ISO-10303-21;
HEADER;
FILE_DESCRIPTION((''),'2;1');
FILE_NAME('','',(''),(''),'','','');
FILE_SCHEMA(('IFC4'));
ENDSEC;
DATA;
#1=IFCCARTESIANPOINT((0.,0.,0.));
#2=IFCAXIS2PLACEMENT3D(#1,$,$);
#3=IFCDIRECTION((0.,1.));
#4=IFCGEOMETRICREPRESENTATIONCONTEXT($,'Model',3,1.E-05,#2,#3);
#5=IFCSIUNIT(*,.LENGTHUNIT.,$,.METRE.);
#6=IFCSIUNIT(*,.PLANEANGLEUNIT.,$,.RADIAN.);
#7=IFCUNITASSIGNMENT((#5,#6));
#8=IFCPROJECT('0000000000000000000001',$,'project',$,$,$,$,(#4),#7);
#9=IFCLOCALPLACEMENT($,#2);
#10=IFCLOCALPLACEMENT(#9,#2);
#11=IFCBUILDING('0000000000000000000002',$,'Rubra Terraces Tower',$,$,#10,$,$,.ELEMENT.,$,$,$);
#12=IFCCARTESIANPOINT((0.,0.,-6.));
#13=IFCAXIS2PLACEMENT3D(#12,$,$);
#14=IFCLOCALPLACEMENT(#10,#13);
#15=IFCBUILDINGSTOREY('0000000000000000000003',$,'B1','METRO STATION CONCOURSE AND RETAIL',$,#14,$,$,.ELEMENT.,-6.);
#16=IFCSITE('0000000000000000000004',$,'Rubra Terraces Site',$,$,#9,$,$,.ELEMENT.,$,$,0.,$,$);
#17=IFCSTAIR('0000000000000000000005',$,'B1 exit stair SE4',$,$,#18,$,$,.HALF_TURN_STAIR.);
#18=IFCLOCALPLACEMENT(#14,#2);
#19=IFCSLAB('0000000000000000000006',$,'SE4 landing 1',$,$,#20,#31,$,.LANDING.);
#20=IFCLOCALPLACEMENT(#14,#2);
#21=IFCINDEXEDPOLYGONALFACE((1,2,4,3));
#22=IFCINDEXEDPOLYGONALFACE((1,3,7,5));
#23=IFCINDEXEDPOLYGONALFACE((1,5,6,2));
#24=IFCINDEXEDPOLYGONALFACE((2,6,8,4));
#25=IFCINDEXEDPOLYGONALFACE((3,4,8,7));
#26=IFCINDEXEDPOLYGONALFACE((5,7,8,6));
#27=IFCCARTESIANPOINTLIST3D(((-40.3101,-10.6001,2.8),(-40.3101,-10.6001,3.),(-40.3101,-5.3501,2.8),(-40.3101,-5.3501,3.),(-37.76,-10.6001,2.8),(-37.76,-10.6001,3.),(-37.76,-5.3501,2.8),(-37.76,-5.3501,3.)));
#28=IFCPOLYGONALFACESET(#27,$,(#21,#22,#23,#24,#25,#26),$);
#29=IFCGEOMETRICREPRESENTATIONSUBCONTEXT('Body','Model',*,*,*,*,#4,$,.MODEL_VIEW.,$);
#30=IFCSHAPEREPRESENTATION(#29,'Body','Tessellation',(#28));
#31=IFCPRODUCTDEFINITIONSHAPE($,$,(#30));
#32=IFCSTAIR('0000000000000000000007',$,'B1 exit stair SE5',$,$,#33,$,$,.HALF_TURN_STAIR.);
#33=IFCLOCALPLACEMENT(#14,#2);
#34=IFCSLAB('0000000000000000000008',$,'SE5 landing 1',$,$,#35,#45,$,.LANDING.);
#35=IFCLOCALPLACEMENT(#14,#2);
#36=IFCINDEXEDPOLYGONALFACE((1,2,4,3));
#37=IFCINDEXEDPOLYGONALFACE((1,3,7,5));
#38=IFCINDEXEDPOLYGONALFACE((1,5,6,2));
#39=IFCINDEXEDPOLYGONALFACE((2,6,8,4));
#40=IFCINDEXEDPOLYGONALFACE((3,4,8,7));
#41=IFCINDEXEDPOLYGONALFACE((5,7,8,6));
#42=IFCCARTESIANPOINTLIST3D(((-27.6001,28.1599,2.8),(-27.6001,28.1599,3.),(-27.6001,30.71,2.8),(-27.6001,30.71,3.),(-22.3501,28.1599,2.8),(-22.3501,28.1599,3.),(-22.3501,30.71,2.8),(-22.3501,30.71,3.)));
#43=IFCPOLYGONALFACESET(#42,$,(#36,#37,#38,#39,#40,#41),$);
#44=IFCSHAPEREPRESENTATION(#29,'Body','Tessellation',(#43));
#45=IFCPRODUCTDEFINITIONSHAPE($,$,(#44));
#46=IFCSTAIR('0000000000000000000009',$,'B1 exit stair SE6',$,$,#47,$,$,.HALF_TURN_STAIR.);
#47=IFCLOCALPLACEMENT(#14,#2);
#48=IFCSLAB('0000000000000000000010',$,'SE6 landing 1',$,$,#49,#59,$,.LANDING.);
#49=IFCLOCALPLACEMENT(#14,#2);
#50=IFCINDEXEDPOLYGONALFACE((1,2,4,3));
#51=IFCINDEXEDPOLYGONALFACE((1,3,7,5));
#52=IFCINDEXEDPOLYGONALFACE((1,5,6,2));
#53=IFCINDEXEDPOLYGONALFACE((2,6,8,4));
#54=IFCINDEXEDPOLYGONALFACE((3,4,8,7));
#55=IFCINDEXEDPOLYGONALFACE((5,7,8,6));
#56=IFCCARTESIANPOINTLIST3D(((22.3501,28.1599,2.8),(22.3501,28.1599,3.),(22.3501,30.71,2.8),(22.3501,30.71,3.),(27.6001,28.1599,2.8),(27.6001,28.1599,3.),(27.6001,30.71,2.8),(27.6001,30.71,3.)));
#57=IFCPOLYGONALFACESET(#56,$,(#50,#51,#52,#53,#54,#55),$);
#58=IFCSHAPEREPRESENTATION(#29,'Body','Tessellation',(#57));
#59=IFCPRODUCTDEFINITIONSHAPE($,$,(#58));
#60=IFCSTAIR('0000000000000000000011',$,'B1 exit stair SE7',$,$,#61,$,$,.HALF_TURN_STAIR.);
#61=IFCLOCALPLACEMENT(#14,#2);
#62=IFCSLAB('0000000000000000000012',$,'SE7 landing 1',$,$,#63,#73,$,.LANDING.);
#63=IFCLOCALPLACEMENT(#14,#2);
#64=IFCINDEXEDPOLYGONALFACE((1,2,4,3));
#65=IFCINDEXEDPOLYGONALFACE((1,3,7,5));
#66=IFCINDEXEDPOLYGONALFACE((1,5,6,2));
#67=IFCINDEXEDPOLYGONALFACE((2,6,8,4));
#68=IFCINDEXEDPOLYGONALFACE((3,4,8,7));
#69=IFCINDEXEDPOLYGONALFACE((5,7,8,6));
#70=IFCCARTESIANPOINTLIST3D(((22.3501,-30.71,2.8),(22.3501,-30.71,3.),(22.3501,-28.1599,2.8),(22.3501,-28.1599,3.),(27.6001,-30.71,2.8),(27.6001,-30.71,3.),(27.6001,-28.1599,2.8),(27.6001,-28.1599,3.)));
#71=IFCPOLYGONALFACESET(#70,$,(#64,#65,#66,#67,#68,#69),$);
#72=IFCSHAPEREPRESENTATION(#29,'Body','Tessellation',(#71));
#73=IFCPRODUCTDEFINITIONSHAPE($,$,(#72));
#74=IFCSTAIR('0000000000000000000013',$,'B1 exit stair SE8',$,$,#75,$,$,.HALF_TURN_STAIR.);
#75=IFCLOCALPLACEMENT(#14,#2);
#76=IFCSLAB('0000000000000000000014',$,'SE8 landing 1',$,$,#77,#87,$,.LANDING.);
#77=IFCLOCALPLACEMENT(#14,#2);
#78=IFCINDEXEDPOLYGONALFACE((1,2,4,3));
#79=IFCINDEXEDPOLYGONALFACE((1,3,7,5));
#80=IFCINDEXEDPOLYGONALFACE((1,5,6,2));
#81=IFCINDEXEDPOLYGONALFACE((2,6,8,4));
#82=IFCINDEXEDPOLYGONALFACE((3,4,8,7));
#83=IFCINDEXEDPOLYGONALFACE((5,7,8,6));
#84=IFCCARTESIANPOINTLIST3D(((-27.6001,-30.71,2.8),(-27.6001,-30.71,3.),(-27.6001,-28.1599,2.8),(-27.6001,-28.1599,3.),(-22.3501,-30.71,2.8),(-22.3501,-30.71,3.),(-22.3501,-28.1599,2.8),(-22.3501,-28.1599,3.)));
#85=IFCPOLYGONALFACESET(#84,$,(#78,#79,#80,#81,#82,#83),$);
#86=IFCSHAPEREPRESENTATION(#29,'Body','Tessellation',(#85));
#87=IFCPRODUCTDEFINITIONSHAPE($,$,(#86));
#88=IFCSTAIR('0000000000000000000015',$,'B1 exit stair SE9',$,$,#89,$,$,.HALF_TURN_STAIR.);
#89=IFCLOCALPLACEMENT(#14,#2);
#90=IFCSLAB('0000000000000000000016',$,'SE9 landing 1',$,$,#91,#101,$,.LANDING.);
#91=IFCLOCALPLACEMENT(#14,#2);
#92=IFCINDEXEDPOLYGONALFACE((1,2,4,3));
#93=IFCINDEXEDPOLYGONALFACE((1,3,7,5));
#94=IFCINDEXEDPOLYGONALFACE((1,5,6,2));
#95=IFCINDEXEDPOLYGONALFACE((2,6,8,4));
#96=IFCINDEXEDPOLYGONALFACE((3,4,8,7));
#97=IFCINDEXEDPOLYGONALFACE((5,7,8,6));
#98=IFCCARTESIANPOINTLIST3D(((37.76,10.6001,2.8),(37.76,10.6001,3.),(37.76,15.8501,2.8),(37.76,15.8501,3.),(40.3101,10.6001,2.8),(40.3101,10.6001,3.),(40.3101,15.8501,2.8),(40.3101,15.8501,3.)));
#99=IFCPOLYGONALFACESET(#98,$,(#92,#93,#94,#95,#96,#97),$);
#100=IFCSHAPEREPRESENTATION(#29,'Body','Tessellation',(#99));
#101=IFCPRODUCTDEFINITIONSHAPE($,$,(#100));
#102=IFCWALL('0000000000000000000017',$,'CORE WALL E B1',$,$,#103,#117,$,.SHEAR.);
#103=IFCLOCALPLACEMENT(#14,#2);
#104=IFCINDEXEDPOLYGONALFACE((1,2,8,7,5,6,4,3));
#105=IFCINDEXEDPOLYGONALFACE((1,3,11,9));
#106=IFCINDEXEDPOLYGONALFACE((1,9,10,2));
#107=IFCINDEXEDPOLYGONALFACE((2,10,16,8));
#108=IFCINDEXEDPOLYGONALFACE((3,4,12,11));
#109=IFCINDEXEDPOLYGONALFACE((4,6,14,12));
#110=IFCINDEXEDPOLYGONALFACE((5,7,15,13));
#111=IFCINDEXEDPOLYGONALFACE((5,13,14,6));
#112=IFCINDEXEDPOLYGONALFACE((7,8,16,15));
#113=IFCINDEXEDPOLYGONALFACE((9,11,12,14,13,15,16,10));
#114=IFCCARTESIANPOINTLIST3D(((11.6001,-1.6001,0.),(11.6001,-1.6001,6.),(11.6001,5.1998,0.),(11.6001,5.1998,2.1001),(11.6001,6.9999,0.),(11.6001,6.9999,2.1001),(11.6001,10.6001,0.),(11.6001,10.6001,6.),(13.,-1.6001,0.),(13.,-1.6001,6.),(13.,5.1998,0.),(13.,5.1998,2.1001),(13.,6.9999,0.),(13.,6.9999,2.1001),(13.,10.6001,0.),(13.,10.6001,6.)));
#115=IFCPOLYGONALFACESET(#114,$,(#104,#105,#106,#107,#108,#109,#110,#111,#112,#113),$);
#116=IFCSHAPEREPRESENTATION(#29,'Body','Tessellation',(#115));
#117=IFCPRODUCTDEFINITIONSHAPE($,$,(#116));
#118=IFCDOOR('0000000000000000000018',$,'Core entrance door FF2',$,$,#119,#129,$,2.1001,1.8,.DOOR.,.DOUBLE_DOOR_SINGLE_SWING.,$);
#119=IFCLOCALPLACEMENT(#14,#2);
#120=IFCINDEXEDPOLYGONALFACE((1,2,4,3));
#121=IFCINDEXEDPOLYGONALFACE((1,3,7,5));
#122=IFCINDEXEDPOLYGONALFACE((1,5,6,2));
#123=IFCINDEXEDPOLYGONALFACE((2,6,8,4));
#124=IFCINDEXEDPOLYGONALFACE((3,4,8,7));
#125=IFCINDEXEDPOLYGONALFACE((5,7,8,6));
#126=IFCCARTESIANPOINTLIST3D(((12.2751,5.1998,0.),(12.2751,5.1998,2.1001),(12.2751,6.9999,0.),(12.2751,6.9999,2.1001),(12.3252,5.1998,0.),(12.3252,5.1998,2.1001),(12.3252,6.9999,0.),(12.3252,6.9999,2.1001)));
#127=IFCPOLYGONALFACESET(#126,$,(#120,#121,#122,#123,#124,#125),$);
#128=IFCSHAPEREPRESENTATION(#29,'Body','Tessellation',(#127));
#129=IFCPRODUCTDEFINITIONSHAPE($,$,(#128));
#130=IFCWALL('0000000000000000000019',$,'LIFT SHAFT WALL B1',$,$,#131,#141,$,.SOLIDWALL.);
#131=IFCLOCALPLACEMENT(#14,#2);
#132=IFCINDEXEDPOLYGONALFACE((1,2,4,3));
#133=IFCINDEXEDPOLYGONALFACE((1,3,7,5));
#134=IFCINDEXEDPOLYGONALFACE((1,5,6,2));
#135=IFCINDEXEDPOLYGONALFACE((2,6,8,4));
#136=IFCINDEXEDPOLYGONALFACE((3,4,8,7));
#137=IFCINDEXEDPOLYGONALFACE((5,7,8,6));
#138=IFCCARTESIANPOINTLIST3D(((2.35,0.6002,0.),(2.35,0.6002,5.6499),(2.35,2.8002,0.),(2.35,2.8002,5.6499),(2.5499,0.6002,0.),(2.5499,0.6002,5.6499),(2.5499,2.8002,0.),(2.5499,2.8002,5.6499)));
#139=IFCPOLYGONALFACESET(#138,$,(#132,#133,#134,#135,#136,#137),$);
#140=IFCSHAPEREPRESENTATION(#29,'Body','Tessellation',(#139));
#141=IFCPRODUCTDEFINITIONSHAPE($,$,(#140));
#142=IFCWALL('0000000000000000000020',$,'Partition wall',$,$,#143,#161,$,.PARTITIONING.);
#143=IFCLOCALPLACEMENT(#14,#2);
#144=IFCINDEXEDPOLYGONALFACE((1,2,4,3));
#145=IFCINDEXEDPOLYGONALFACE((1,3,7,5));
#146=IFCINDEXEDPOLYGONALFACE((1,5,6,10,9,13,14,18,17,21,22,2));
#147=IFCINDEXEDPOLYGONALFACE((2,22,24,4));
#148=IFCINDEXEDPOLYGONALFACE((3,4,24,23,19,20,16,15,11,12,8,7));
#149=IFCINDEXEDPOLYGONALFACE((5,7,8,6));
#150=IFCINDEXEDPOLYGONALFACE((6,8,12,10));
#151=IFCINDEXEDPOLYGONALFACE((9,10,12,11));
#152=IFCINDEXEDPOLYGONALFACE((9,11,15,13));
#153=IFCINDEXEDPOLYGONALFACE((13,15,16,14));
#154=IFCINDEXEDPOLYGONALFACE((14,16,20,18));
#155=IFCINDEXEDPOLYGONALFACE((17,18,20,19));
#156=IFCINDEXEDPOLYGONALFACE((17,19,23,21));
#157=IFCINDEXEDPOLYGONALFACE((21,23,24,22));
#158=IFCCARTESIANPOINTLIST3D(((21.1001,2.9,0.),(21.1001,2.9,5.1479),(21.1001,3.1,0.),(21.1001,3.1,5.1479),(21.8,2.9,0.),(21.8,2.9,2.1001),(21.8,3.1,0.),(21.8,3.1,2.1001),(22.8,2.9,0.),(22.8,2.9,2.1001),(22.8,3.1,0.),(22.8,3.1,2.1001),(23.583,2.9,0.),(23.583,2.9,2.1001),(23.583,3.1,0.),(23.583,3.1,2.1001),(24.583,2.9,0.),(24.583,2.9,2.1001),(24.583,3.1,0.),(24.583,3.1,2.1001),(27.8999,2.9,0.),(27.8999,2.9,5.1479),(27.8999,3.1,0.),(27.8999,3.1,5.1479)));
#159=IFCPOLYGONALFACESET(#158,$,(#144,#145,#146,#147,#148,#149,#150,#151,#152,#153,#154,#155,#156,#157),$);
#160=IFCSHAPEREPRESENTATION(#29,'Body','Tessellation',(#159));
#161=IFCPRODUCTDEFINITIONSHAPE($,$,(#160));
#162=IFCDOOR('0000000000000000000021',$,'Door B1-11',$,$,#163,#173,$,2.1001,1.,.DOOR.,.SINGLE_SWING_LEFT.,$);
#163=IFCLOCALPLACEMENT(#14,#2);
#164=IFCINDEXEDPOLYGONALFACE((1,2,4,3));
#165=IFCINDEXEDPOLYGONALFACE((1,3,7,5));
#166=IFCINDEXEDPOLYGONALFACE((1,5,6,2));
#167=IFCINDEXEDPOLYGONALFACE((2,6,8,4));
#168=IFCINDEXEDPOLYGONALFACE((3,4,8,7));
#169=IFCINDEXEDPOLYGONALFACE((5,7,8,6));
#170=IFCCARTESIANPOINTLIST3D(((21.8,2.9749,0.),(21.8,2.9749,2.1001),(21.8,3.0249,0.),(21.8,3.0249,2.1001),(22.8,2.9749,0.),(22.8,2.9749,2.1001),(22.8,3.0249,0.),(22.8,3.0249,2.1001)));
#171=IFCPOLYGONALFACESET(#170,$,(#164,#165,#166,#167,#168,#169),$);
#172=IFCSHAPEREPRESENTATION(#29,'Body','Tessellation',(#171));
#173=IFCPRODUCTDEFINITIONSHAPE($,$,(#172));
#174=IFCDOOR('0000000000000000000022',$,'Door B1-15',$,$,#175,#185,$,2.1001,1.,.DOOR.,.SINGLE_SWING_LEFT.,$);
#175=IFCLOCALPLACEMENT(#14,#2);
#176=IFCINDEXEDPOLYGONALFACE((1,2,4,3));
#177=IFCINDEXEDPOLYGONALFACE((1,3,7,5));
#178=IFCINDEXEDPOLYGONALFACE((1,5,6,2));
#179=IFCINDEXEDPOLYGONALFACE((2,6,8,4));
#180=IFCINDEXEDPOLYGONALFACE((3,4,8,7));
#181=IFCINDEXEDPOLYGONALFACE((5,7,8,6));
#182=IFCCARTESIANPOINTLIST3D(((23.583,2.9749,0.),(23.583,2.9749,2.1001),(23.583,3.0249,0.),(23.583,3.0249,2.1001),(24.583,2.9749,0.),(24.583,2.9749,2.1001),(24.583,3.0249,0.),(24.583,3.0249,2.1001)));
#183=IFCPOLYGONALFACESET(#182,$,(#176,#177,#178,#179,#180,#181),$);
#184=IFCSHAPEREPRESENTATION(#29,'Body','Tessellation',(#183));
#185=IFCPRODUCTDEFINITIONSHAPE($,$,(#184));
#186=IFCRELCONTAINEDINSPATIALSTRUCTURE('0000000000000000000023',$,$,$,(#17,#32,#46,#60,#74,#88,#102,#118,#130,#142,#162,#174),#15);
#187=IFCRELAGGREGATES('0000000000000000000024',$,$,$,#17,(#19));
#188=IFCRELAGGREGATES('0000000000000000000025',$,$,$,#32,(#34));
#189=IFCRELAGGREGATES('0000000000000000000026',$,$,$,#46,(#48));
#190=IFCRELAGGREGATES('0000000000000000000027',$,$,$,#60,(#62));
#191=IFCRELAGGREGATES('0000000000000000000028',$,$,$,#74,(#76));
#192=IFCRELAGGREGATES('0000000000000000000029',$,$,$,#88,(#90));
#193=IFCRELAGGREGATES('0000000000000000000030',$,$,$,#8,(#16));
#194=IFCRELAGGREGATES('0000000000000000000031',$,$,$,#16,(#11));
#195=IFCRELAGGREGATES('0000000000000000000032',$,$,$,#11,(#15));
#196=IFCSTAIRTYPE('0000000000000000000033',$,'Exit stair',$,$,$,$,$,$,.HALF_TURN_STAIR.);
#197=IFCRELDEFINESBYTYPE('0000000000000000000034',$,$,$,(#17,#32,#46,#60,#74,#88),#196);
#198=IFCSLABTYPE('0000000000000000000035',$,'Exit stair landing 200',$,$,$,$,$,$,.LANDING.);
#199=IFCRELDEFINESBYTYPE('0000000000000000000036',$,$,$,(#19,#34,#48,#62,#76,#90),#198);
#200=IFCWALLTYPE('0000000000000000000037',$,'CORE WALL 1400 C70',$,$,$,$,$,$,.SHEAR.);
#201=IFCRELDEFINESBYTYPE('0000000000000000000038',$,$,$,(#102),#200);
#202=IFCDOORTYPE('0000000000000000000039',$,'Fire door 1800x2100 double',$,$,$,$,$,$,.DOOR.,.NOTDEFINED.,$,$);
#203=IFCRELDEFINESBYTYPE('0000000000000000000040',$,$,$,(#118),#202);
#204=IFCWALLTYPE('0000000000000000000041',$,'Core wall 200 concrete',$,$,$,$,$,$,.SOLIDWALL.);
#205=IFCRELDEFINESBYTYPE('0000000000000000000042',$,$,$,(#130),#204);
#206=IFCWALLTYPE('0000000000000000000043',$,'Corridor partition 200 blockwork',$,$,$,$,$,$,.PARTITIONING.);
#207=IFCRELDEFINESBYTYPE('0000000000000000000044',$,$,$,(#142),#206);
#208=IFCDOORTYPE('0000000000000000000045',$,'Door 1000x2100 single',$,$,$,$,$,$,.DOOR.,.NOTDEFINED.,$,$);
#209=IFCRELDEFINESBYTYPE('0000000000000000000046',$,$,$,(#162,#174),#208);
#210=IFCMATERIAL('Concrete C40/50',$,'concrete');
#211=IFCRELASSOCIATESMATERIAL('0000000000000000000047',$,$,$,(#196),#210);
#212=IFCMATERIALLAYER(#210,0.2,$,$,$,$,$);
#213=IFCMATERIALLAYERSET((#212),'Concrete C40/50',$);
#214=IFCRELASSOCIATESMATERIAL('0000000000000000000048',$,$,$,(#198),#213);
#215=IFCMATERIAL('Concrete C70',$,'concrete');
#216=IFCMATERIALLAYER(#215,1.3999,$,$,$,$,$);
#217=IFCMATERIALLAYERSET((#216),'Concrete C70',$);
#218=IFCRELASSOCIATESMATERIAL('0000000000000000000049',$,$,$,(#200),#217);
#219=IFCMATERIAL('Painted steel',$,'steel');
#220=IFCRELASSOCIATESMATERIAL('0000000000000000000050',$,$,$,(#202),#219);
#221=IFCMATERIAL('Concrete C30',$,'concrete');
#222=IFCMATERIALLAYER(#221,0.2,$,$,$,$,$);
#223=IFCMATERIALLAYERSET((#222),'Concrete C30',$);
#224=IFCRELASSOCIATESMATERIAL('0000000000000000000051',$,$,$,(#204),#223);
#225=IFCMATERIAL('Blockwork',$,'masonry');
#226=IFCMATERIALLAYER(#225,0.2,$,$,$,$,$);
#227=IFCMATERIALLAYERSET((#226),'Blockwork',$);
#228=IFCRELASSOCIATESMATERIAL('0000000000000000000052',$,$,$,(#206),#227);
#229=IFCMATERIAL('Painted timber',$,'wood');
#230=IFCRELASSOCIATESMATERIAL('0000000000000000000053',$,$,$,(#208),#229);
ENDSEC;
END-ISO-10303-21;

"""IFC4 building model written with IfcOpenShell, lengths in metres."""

from ifc_helpers import new_model, si_unit, direction, frame, frame_2d, origin, place, context, subcontext, project, spatial, polyline, rectangle, outline, extrude, material, layer, layer_set, type_object, element, fill, aggregate, save


model = new_model("IFC4")

# Units and contexts
model_context = context("Model", 3, precision=1e-05, world=origin(), true_north=direction((0.0, 1.0)))
body_context = subcontext(model_context, "Body", "Model", "MODEL_VIEW")
ifc_project = project(units=[si_unit("LENGTHUNIT", "METRE"), si_unit("PLANEANGLEUNIT", "RADIAN")], contexts=[model_context])

# Site, building, storey
site_placement = place(None, origin())
site = spatial("IfcSite", under=ifc_project, at=site_placement, Name="Rubra Terraces Site", CompositionType="ELEMENT", RefElevation=0.0)
building_placement = place(site_placement, origin())
building = spatial("IfcBuilding", under=site, at=building_placement, Name="Rubra Terraces Tower", CompositionType="ELEMENT")
storey_placement = place(building_placement, frame((0.0, 0.0, -6.0)))
storey = spatial("IfcBuildingStorey", under=building, at=storey_placement, Name="B1", Description="METRO STATION CONCOURSE AND RETAIL", CompositionType="ELEMENT", Elevation=-6.0)

# Stairs, slabs
ifc_material_1 = material(Name="Concrete C40/50", Category="concrete")
stair_type_1 = type_object("IfcStairType", Name="Exit stair", PredefinedType="HALF_TURN_STAIR", material=ifc_material_1)
ifc_layer_1 = layer(ifc_material_1, 0.2)
ifc_layer_set_1 = layer_set([ifc_layer_1], Name="Concrete C40/50")
slab_type = type_object("IfcSlabType", Name="Exit stair landing 200", PredefinedType="LANDING", material=ifc_layer_set_1)
stair_1_placement = place(storey_placement, origin())
stair_1 = element("IfcStair", 1, at=stair_1_placement, inside=storey, type_object=stair_type_1, Name="B1 exit stair SE4", PredefinedType="HALF_TURN_STAIR")
slab_1_placement = place(storey_placement, frame((0.0, 0.0, 2.8)))
slab_1 = element("IfcSlab", 2, at=slab_1_placement, type_object=slab_type, Name="SE4 landing 1", PredefinedType="LANDING", context=body_context, shape_type="SweptSolid", body=[
    extrude(outline(polyline([(-40.3101, -10.6001), (-37.76, -10.6001), (-37.76, -5.3501), (-40.3101, -5.3501), (-40.3101, -10.6001)])), origin(), (0.0, 0.0, 1.0), 0.2),
])
aggregate(stair_1, [slab_1])
stair_2_placement = place(storey_placement, origin())
stair_2 = element("IfcStair", 3, at=stair_2_placement, inside=storey, type_object=stair_type_1, Name="B1 exit stair SE5", PredefinedType="HALF_TURN_STAIR")
slab_2_placement = place(storey_placement, frame((0.0, 0.0, 2.8)))
slab_2 = element("IfcSlab", 4, at=slab_2_placement, type_object=slab_type, Name="SE5 landing 1", PredefinedType="LANDING", context=body_context, shape_type="SweptSolid", body=[
    extrude(outline(polyline([(-27.6001, 28.1599), (-22.3501, 28.1599), (-22.3501, 30.71), (-27.6001, 30.71), (-27.6001, 28.1599)])), origin(), (0.0, 0.0, 1.0), 0.2),
])
aggregate(stair_2, [slab_2])
stair_3_placement = place(storey_placement, origin())
stair_3 = element("IfcStair", 5, at=stair_3_placement, inside=storey, type_object=stair_type_1, Name="B1 exit stair SE6", PredefinedType="HALF_TURN_STAIR")
slab_3_placement = place(storey_placement, frame((0.0, 0.0, 2.8)))
slab_3 = element("IfcSlab", 6, at=slab_3_placement, type_object=slab_type, Name="SE6 landing 1", PredefinedType="LANDING", context=body_context, shape_type="SweptSolid", body=[
    extrude(outline(polyline([(22.3501, 28.1599), (27.6001, 28.1599), (27.6001, 30.71), (22.3501, 30.71), (22.3501, 28.1599)])), origin(), (0.0, 0.0, 1.0), 0.2),
])
aggregate(stair_3, [slab_3])
stair_4_placement = place(storey_placement, origin())
stair_4 = element("IfcStair", 7, at=stair_4_placement, inside=storey, type_object=stair_type_1, Name="B1 exit stair SE7", PredefinedType="HALF_TURN_STAIR")
slab_4_placement = place(storey_placement, frame((0.0, 0.0, 2.8)))
slab_4 = element("IfcSlab", 8, at=slab_4_placement, type_object=slab_type, Name="SE7 landing 1", PredefinedType="LANDING", context=body_context, shape_type="SweptSolid", body=[
    extrude(outline(polyline([(22.3501, -30.71), (27.6001, -30.71), (27.6001, -28.1599), (22.3501, -28.1599), (22.3501, -30.71)])), origin(), (0.0, 0.0, 1.0), 0.2),
])
aggregate(stair_4, [slab_4])
stair_5_placement = place(storey_placement, origin())
stair_5 = element("IfcStair", 9, at=stair_5_placement, inside=storey, type_object=stair_type_1, Name="B1 exit stair SE8", PredefinedType="HALF_TURN_STAIR")
slab_5_placement = place(storey_placement, frame((0.0, 0.0, 2.8)))
slab_5 = element("IfcSlab", 10, at=slab_5_placement, type_object=slab_type, Name="SE8 landing 1", PredefinedType="LANDING", context=body_context, shape_type="SweptSolid", body=[
    extrude(outline(polyline([(-27.6001, -30.71), (-22.3501, -30.71), (-22.3501, -28.1599), (-27.6001, -28.1599), (-27.6001, -30.71)])), origin(), (0.0, 0.0, 1.0), 0.2),
])
aggregate(stair_5, [slab_5])
stair_6_placement = place(storey_placement, origin())
stair_6 = element("IfcStair", 11, at=stair_6_placement, inside=storey, type_object=stair_type_1, Name="B1 exit stair SE9", PredefinedType="HALF_TURN_STAIR")
slab_6_placement = place(storey_placement, frame((0.0, 0.0, 2.8)))
slab_6 = element("IfcSlab", 12, at=slab_6_placement, type_object=slab_type, Name="SE9 landing 1", PredefinedType="LANDING", context=body_context, shape_type="SweptSolid", body=[
    extrude(outline(polyline([(37.76, 10.6001), (40.3101, 10.6001), (40.3101, 15.8501), (37.76, 15.8501), (37.76, 10.6001)])), origin(), (0.0, 0.0, 1.0), 0.2),
])
aggregate(stair_6, [slab_6])

# Wall, opening, door
ifc_material_2 = material(Name="Concrete C70", Category="concrete")
ifc_layer_2 = layer(ifc_material_2, 1.3999)
ifc_layer_set_2 = layer_set([ifc_layer_2], Name="Concrete C70")
wall_type_1 = type_object("IfcWallType", Name="CORE WALL 1400 C70", PredefinedType="SHEAR", material=ifc_layer_set_2)
wall_1_placement = place(storey_placement, frame((12.3, -1.6001, 0.0), z_axis=(0.0, 0.0, 1.0), x_axis=(0.0, 1.0, 0.0)))
wall_1 = element("IfcWall", 13, at=wall_1_placement, inside=storey, type_object=wall_type_1, Name="CORE WALL E B1", PredefinedType="SHEAR", context=body_context, shape_type="SweptSolid", body=[
    extrude(rectangle(XDim=12.2002, YDim=1.3999, at=frame_2d((6.1001, 0.0))), origin(), (0.0, 0.0, 1.0), 6.0),
])
opening_1_placement = place(wall_1_placement, frame((6.8, 0.0, 0.0)))
opening_1 = element("IfcOpeningElement", 14, at=opening_1_placement, cuts=wall_1, PredefinedType="OPENING", context=body_context, shape_type="SweptSolid", body=[
    extrude(rectangle(XDim=1.8, YDim=2.1001, at=frame_2d((0.8999, 1.05))), frame((0.0, 0.71, 0.0), z_axis=(0.0, -1.0, 0.0), x_axis=(1.0, 0.0, 0.0)), (0.0, 0.0, 1.0), 1.4199),
])
ifc_material_3 = material(Name="Painted steel", Category="steel")
door_type_1 = type_object("IfcDoorType", Name="Fire door 1800x2100 double", OperationType="NOTDEFINED", PredefinedType="DOOR", material=ifc_material_3)
door_1_placement = place(opening_1_placement, origin())
door_1 = element("IfcDoor", 15, at=door_1_placement, inside=storey, type_object=door_type_1, Name="Core entrance door FF2", OperationType="DOUBLE_DOOR_SINGLE_SWING", OverallHeight=2.1001, OverallWidth=1.8, PredefinedType="DOOR", context=body_context, shape_type="SweptSolid", body=[
    extrude(rectangle(XDim=1.8, YDim=2.1001, at=frame_2d((0.8999, 1.05))), frame((0.0, 0.0249, 0.0), z_axis=(0.0, -1.0, 0.0), x_axis=(1.0, 0.0, 0.0)), (0.0, 0.0, 1.0), 0.05),
])
fill(opening_1, door_1)

# Wall
ifc_material_4 = material(Name="Concrete C30", Category="concrete")
ifc_layer_3 = layer(ifc_material_4, 0.2)
ifc_layer_set_3 = layer_set([ifc_layer_3], Name="Concrete C30")
wall_type_2 = type_object("IfcWallType", Name="Core wall 200 concrete", PredefinedType="SOLIDWALL", material=ifc_layer_set_3)
wall_2_placement = place(storey_placement, frame((2.45, 0.6001, 0.0), z_axis=(0.0, 0.0, 1.0), x_axis=(0.0, 1.0, 0.0)))
element("IfcWall", 16, at=wall_2_placement, inside=storey, type_object=wall_type_2, Name="LIFT SHAFT WALL B1", PredefinedType="SOLIDWALL", context=body_context, shape_type="SweptSolid", body=[
    extrude(rectangle(XDim=2.2, YDim=0.2, at=frame_2d((1.1001, 0.0))), origin(), (0.0, 0.0, 1.0), 5.6499),
])

# Wall, openings, doors
ifc_material_5 = material(Name="Blockwork", Category="masonry")
ifc_layer_4 = layer(ifc_material_5, 0.2)
ifc_layer_set_4 = layer_set([ifc_layer_4], Name="Blockwork")
wall_type_3 = type_object("IfcWallType", Name="Corridor partition 200 blockwork", PredefinedType="PARTITIONING", material=ifc_layer_set_4)
wall_3_placement = place(storey_placement, frame((21.1001, 3.0, 0.0), z_axis=(0.0, 0.0, 1.0), x_axis=(1.0, 0.0, 0.0)))
wall_3 = element("IfcWall", 17, at=wall_3_placement, inside=storey, type_object=wall_type_3, Name="Partition wall", PredefinedType="PARTITIONING", context=body_context, shape_type="SweptSolid", body=[
    extrude(rectangle(XDim=6.7998, YDim=0.2, at=frame_2d((3.3999, 0.0))), origin(), (0.0, 0.0, 1.0), 5.1479),
])
opening_2_placement = place(wall_3_placement, frame((0.7, 0.0, 0.0)))
opening_2 = element("IfcOpeningElement", 18, at=opening_2_placement, cuts=wall_3, PredefinedType="OPENING", context=body_context, shape_type="SweptSolid", body=[
    extrude(rectangle(XDim=1.0, YDim=2.1001, at=frame_2d((0.5, 1.05))), frame((0.0, 0.1099, 0.0), z_axis=(0.0, -1.0, 0.0), x_axis=(1.0, 0.0, 0.0)), (0.0, 0.0, 1.0), 0.22),
])
opening_3_placement = place(wall_3_placement, frame((2.4829, 0.0, 0.0)))
opening_3 = element("IfcOpeningElement", 19, at=opening_3_placement, cuts=wall_3, PredefinedType="OPENING", context=body_context, shape_type="SweptSolid", body=[
    extrude(rectangle(XDim=1.0, YDim=2.1001, at=frame_2d((0.5, 1.05))), frame((0.0, 0.1099, 0.0), z_axis=(0.0, -1.0, 0.0), x_axis=(1.0, 0.0, 0.0)), (0.0, 0.0, 1.0), 0.22),
])
ifc_material_6 = material(Name="Painted timber", Category="wood")
door_type_2 = type_object("IfcDoorType", Name="Door 1000x2100 single", OperationType="NOTDEFINED", PredefinedType="DOOR", material=ifc_material_6)
door_2_placement = place(opening_2_placement, origin())
door_2 = element("IfcDoor", 20, at=door_2_placement, inside=storey, type_object=door_type_2, Name="Door B1-11", OperationType="SINGLE_SWING_LEFT", OverallHeight=2.1001, OverallWidth=1.0, PredefinedType="DOOR", context=body_context, shape_type="SweptSolid", body=[
    extrude(rectangle(XDim=1.0, YDim=2.1001, at=frame_2d((0.5, 1.05))), frame((0.0, 0.0249, 0.0), z_axis=(0.0, -1.0, 0.0), x_axis=(1.0, 0.0, 0.0)), (0.0, 0.0, 1.0), 0.05),
])
fill(opening_2, door_2)
door_3_placement = place(opening_3_placement, origin())
door_3 = element("IfcDoor", 21, at=door_3_placement, inside=storey, type_object=door_type_2, Name="Door B1-15", OperationType="SINGLE_SWING_LEFT", OverallHeight=2.1001, OverallWidth=1.0, PredefinedType="DOOR", context=body_context, shape_type="SweptSolid", body=[
    extrude(rectangle(XDim=1.0, YDim=2.1001, at=frame_2d((0.5, 1.05))), frame((0.0, 0.0249, 0.0), z_axis=(0.0, -1.0, 0.0), x_axis=(1.0, 0.0, 0.0)), (0.0, 0.0, 1.0), 0.05),
])
fill(opening_3, door_3)

save(model, "model.ifc")
